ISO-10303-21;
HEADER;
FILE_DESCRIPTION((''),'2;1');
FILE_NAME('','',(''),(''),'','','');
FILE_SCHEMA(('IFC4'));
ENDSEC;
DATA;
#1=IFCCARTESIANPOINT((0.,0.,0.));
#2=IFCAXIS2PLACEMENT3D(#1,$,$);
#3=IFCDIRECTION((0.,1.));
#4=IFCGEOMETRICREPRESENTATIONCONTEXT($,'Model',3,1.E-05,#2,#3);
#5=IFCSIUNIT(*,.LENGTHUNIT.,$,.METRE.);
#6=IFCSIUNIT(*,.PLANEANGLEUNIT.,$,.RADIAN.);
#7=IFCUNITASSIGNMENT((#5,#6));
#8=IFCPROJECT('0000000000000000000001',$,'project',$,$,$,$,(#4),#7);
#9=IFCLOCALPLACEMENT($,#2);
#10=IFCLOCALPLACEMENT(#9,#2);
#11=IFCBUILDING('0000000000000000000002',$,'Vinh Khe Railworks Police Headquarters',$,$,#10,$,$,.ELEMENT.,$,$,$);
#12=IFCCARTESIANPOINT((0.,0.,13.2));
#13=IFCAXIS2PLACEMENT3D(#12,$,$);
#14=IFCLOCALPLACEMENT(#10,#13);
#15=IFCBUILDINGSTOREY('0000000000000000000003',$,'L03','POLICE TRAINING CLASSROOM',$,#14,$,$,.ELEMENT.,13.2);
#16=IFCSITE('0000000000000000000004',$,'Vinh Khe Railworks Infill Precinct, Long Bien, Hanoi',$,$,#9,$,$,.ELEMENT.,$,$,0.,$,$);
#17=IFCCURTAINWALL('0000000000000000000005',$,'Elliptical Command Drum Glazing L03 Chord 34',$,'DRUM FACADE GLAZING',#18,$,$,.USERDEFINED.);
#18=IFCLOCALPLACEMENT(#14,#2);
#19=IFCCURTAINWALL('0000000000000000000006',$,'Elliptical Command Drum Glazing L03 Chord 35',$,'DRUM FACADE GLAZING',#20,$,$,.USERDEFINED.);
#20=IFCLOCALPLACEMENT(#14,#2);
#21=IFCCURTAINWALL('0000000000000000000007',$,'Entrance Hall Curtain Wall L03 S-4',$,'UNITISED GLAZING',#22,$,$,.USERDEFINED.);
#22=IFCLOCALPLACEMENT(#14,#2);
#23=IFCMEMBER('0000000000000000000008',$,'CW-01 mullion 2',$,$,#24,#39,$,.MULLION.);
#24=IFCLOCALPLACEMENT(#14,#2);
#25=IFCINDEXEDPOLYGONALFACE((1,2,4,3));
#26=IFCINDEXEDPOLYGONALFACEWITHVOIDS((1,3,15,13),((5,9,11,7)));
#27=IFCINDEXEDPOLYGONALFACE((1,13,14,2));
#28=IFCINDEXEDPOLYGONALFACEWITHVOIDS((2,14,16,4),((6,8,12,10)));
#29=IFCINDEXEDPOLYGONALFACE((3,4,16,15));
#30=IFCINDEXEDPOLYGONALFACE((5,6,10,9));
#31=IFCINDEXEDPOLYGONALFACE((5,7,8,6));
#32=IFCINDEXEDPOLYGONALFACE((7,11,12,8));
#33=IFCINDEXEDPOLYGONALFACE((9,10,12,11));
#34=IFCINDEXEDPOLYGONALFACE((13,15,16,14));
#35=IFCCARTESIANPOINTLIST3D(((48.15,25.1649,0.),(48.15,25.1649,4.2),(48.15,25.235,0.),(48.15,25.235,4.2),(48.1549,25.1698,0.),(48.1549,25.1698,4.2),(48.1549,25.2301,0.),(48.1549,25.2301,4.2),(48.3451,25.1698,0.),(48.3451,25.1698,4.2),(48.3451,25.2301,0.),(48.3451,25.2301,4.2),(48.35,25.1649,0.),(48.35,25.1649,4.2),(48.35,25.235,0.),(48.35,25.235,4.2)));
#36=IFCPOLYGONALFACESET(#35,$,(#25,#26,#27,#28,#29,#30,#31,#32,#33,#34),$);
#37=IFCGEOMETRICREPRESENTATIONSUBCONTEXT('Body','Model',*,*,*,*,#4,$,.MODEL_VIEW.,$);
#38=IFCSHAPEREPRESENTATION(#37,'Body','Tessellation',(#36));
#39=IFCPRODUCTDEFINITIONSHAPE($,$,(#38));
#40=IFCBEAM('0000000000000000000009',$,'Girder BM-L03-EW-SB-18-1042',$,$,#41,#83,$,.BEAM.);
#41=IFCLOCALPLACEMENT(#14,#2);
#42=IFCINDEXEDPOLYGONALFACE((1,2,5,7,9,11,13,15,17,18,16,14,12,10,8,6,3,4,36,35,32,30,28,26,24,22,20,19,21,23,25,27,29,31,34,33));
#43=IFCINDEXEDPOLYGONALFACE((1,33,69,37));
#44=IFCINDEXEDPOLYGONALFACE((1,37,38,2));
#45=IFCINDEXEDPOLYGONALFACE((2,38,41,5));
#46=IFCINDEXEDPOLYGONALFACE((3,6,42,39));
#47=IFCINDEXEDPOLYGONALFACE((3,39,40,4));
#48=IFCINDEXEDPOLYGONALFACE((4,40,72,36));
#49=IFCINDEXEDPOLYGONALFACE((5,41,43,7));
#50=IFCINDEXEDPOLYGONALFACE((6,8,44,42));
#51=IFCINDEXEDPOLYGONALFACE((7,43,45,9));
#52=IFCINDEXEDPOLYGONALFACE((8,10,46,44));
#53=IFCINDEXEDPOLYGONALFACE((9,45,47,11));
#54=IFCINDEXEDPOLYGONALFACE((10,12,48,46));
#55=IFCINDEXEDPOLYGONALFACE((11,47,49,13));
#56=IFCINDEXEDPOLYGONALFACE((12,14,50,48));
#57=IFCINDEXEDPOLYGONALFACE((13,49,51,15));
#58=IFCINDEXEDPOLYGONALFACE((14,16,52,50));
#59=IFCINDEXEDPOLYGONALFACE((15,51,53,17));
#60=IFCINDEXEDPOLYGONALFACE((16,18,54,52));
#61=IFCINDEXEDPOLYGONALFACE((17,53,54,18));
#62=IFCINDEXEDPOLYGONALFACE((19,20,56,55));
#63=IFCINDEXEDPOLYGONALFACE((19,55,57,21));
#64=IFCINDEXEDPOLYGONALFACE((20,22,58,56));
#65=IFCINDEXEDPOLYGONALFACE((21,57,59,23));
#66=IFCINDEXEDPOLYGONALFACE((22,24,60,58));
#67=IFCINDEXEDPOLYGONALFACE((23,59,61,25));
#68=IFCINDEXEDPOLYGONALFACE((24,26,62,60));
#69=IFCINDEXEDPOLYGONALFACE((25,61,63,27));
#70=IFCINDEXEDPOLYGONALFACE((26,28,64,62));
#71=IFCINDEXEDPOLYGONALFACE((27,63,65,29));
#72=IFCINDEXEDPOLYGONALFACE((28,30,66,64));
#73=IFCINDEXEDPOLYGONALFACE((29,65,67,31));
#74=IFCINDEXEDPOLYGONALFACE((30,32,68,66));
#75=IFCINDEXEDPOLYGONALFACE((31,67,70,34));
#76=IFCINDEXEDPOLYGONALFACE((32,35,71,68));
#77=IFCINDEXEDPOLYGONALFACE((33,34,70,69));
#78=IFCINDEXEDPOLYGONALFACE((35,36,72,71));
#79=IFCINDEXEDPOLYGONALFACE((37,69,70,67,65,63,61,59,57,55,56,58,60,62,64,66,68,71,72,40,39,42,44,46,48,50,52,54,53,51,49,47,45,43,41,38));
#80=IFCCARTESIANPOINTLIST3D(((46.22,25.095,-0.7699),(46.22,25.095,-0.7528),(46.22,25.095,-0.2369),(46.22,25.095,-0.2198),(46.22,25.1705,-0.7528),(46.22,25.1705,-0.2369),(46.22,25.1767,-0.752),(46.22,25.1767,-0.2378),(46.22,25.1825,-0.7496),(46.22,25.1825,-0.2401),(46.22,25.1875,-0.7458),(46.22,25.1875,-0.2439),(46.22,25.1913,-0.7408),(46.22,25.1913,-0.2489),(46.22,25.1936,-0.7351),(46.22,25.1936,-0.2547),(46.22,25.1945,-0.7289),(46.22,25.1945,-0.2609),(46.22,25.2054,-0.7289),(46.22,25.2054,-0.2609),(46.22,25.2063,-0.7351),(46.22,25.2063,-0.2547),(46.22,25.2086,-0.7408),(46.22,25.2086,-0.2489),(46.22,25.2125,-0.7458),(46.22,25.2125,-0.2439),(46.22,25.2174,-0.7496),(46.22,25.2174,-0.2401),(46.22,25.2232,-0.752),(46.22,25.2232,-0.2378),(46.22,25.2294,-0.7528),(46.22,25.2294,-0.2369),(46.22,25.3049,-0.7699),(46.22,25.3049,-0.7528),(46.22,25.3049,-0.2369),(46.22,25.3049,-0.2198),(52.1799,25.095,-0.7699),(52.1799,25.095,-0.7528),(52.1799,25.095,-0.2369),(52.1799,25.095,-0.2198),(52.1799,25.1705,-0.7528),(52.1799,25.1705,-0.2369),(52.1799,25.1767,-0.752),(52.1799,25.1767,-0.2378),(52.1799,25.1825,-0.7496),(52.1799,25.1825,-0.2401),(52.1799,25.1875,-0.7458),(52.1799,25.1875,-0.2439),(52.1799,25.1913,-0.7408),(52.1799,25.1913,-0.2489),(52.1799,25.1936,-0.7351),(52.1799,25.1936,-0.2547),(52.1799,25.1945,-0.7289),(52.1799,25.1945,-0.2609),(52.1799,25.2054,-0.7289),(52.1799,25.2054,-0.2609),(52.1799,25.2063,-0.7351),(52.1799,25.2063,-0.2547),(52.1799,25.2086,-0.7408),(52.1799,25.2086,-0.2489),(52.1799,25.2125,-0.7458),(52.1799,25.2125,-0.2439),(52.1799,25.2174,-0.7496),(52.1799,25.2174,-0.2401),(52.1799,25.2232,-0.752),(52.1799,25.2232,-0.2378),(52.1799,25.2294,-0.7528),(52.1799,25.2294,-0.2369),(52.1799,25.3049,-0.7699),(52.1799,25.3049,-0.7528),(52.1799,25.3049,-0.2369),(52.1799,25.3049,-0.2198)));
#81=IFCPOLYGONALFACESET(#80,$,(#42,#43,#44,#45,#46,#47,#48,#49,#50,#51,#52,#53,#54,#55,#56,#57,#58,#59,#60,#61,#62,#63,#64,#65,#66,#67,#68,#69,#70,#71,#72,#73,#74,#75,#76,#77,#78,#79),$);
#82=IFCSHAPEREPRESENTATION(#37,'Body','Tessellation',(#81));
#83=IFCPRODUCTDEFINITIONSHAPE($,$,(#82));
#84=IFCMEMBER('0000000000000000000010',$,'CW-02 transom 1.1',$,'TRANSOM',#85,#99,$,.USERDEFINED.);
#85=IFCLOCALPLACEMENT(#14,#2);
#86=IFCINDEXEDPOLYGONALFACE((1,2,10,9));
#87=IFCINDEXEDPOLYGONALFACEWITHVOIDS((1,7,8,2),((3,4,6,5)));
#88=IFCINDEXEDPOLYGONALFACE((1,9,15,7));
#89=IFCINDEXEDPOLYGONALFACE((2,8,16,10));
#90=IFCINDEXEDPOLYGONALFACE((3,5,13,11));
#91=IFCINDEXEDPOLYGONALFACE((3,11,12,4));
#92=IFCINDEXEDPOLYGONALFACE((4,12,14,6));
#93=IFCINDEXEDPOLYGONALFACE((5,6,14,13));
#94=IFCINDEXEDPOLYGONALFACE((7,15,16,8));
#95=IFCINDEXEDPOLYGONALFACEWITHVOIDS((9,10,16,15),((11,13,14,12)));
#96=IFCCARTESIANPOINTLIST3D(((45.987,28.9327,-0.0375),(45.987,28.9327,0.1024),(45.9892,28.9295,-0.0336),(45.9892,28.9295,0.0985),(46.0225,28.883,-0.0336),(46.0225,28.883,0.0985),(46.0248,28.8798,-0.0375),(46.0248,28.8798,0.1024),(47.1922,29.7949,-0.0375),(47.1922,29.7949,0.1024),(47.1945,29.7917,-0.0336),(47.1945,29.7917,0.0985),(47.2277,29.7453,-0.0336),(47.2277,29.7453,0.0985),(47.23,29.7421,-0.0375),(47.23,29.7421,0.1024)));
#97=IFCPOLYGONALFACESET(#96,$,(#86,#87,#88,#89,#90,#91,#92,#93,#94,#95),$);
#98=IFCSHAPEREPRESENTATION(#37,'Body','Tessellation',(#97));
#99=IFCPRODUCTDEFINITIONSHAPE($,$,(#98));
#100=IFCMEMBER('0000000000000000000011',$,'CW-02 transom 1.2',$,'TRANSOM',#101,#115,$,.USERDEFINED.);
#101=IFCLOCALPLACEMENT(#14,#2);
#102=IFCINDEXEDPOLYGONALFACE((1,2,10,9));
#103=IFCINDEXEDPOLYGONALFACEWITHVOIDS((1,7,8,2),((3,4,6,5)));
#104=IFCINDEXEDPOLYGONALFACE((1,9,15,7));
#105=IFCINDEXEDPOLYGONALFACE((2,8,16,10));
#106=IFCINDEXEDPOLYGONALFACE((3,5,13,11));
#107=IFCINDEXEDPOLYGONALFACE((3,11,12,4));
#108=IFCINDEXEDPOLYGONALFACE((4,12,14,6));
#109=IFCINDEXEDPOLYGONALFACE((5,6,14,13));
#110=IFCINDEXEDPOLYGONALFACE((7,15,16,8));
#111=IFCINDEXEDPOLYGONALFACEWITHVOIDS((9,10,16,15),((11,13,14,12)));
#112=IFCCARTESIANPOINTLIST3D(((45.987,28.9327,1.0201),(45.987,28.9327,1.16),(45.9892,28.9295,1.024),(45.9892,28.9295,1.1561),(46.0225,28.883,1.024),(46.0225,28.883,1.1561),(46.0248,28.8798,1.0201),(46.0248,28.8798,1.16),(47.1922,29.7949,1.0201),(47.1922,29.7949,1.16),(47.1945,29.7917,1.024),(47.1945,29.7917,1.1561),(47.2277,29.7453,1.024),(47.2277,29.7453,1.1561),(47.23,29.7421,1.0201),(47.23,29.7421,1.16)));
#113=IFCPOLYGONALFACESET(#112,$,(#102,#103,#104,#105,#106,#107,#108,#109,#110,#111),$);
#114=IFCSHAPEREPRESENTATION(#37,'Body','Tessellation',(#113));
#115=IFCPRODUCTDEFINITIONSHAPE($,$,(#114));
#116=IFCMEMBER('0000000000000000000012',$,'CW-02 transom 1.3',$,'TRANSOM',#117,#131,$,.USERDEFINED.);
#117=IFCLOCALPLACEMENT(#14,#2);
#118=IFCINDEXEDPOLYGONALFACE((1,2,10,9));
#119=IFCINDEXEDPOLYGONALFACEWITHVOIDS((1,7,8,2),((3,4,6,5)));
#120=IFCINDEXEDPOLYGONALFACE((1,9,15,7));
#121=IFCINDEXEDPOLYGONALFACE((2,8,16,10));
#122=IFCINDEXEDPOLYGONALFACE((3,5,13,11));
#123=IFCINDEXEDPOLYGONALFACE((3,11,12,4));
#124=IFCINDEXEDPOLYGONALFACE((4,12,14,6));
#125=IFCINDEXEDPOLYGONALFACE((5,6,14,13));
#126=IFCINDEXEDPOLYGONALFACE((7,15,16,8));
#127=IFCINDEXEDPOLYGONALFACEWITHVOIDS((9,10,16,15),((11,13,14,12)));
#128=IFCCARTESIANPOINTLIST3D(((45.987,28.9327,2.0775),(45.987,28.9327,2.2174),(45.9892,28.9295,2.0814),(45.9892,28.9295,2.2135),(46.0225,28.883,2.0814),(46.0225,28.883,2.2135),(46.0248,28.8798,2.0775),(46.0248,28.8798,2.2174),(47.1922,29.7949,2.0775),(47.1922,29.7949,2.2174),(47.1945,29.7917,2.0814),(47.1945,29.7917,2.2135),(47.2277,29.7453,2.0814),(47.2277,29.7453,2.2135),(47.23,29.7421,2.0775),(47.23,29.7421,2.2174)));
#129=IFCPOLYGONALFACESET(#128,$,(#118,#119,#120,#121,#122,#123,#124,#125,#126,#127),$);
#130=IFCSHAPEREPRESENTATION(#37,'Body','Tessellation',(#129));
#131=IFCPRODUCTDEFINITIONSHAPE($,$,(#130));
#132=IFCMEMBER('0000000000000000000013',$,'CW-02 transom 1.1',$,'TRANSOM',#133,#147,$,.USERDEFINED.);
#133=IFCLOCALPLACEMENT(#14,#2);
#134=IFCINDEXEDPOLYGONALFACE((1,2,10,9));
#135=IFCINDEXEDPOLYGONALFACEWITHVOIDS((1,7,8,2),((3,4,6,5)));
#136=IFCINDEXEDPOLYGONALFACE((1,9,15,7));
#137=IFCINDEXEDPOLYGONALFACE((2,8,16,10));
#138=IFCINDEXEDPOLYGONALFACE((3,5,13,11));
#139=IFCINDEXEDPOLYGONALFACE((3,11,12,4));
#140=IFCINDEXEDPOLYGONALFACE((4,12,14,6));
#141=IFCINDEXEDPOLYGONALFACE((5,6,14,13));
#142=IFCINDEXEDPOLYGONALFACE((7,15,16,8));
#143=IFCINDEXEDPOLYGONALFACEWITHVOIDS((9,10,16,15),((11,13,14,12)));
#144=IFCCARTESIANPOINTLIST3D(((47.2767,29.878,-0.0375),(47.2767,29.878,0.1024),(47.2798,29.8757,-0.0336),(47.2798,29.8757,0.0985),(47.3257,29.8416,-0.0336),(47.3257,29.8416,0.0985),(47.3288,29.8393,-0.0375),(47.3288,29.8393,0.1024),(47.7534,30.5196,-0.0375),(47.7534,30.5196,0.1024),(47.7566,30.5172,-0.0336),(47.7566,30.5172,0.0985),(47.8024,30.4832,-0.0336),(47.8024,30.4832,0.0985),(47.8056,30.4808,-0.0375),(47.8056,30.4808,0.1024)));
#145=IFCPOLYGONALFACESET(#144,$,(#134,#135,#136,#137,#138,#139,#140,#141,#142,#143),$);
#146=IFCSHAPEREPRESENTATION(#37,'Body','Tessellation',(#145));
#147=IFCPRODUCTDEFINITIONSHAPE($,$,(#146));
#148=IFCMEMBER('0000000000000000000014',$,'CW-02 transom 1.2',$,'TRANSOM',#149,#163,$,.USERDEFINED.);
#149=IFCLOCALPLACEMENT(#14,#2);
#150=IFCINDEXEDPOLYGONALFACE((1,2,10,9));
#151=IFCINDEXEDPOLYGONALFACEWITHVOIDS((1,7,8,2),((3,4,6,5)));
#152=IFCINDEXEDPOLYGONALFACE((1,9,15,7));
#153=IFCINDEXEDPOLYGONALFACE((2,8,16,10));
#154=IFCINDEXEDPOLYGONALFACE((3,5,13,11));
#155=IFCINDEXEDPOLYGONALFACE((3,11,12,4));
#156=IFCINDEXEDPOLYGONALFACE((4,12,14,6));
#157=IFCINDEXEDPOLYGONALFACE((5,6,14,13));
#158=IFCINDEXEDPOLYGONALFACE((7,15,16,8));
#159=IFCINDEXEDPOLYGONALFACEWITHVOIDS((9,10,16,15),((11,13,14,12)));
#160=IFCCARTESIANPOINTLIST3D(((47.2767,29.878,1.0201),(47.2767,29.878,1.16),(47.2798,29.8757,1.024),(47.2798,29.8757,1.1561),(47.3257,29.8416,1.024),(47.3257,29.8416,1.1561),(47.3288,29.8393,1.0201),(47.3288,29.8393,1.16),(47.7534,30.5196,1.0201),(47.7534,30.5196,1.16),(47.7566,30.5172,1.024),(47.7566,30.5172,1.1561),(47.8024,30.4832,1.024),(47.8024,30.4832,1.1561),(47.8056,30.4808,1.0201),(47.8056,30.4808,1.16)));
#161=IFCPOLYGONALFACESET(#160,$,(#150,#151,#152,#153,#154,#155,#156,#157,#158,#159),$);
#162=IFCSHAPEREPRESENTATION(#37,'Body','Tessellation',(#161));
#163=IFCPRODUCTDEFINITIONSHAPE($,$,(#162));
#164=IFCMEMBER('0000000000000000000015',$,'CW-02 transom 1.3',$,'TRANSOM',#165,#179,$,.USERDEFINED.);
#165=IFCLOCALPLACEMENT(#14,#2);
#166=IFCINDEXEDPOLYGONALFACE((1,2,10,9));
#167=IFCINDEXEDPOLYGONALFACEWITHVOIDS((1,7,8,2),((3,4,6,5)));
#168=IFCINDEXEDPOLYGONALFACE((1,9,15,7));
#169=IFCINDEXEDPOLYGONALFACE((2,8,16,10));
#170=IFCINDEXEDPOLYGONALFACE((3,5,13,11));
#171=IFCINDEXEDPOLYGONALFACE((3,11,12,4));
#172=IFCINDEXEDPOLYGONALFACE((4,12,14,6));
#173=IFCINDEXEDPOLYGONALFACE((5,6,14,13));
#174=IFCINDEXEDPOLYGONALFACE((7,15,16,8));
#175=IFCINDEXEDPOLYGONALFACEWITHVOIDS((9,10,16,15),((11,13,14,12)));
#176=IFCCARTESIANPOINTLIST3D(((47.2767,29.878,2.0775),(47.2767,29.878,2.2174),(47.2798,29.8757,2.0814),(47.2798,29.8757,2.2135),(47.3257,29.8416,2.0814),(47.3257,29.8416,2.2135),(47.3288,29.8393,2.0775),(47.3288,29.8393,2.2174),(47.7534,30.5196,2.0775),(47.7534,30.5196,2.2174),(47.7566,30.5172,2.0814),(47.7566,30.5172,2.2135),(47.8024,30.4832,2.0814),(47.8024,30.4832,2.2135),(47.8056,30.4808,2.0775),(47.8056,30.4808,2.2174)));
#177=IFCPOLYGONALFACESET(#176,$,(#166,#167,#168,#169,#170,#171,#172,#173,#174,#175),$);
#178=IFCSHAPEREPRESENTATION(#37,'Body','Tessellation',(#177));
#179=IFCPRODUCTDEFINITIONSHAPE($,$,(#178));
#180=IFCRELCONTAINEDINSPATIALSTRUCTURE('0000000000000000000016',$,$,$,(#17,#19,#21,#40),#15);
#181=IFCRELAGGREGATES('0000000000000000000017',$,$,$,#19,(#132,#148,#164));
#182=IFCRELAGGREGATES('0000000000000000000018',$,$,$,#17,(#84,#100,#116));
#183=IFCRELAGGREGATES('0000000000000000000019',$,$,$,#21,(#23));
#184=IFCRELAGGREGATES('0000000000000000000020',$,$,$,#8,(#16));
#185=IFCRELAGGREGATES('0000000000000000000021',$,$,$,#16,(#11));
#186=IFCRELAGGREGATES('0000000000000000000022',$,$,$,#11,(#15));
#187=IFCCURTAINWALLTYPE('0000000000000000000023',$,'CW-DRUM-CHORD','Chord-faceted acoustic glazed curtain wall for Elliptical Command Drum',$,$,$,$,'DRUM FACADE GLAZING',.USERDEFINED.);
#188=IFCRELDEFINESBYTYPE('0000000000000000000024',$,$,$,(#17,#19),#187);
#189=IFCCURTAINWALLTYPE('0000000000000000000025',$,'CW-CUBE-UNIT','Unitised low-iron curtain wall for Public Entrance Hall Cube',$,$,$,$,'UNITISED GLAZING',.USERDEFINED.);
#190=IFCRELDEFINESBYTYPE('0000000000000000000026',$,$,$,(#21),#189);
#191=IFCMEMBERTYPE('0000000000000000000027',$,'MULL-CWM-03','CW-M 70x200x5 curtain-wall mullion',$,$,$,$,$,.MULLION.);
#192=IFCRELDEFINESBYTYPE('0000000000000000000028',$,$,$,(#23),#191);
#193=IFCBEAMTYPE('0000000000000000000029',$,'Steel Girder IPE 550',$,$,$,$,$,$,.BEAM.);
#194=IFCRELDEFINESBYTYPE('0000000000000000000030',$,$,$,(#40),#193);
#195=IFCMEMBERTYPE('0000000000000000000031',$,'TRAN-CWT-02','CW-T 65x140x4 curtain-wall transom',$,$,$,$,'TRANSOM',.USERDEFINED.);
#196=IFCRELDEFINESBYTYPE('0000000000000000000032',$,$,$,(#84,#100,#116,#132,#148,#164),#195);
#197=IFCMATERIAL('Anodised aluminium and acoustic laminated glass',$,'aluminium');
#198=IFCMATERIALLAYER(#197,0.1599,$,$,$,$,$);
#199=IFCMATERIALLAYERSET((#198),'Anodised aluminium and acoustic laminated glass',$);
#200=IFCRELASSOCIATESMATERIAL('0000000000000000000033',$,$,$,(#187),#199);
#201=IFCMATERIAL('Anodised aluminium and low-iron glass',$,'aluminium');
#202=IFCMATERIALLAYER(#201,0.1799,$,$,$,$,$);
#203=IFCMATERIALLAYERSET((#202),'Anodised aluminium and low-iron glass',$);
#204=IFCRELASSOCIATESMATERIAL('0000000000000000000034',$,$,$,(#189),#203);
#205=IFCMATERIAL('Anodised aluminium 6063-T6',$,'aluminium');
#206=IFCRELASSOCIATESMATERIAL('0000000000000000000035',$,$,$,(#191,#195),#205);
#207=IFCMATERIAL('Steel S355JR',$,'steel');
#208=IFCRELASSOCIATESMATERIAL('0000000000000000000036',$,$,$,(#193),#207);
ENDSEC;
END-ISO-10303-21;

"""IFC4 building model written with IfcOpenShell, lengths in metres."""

from ifc_helpers import new_model, si_unit, direction, frame, origin, origin_2d, place, context, subcontext, project, spatial, hollow_rectangle, i_section, extrude, material, layer, layer_set, material_profile, profile_set, type_object, element, aggregate, save


model = new_model("IFC4")

# Units and contexts
model_context = context("Model", 3, precision=1e-05, world=origin(), true_north=direction((0.0, 1.0)))
body_context = subcontext(model_context, "Body", "Model", "MODEL_VIEW")
ifc_project = project(units=[si_unit("LENGTHUNIT", "METRE"), si_unit("PLANEANGLEUNIT", "RADIAN")], contexts=[model_context])

# Site, building, storey
site_placement = place(None, origin())
site = spatial("IfcSite", under=ifc_project, at=site_placement, Name="Vinh Khe Railworks Infill Precinct, Long Bien, Hanoi", CompositionType="ELEMENT", RefElevation=0.0)
building_placement = place(site_placement, origin())
building = spatial("IfcBuilding", under=site, at=building_placement, Name="Vinh Khe Railworks Police Headquarters", CompositionType="ELEMENT")
storey_placement = place(building_placement, frame((0.0, 0.0, 13.2)))
storey = spatial("IfcBuildingStorey", under=building, at=storey_placement, Name="L03", Description="POLICE TRAINING CLASSROOM", CompositionType="ELEMENT", Elevation=13.2)

# Shared definitions
ifc_material_1 = material(Name="Steel S355JR", Category="steel")

# Curtain walls
ifc_material_2 = material(Name="Anodised aluminium and acoustic laminated glass", Category="aluminium")
ifc_layer_1 = layer(ifc_material_2, 0.1599)
ifc_layer_set_1 = layer_set([ifc_layer_1], Name="Anodised aluminium and acoustic laminated glass")
curtain_wall_type_1 = type_object("IfcCurtainWallType", Name="CW-DRUM-CHORD", Description="Chord-faceted acoustic glazed curtain wall for Elliptical Command Drum", ElementType="DRUM FACADE GLAZING", PredefinedType="USERDEFINED", material=ifc_layer_set_1)
curtain_wall_1_placement = place(storey_placement, origin())
curtain_wall_1 = element("IfcCurtainWall", 1, at=curtain_wall_1_placement, inside=storey, type_object=curtain_wall_type_1, Name="Elliptical Command Drum Glazing L03 Chord 34", ObjectType="DRUM FACADE GLAZING", PredefinedType="USERDEFINED")
ifc_material_3 = material(Name="Anodised aluminium 6063-T6", Category="aluminium")
curtain_wall_2_placement = place(storey_placement, origin())
curtain_wall_2 = element("IfcCurtainWall", 2, at=curtain_wall_2_placement, inside=storey, type_object=curtain_wall_type_1, Name="Elliptical Command Drum Glazing L03 Chord 35", ObjectType="DRUM FACADE GLAZING", PredefinedType="USERDEFINED")
ifc_material_4 = material(Name="Anodised aluminium and low-iron glass", Category="aluminium")
ifc_layer_2 = layer(ifc_material_4, 0.1799)
ifc_layer_set_2 = layer_set([ifc_layer_2], Name="Anodised aluminium and low-iron glass")
curtain_wall_type_2 = type_object("IfcCurtainWallType", Name="CW-CUBE-UNIT", Description="Unitised low-iron curtain wall for Public Entrance Hall Cube", ElementType="UNITISED GLAZING", PredefinedType="USERDEFINED", material=ifc_layer_set_2)
ifc_material_profile_1 = material_profile(ifc_material_3, hollow_rectangle(XDim=0.0701, YDim=0.2, WallThickness=0.0049, at=origin_2d()), Name="CW-M 70x200x5")
ifc_profile_set_1 = profile_set([ifc_material_profile_1], Name="Anodised aluminium 6063-T6")
member_type_1 = type_object("IfcMemberType", Name="MULL-CWM-03", Description="CW-M 70x200x5 curtain-wall mullion", PredefinedType="MULLION", material=ifc_profile_set_1)

# Curtain wall, member
curtain_wall_3_placement = place(storey_placement, origin())
curtain_wall_3 = element("IfcCurtainWall", 3, at=curtain_wall_3_placement, inside=storey, type_object=curtain_wall_type_2, Name="Entrance Hall Curtain Wall L03 S-4", ObjectType="UNITISED GLAZING", PredefinedType="USERDEFINED")
member_1_placement = place(storey_placement, frame((48.25, 25.2, 0.0), z_axis=(0.0, 0.0, 1.0), x_axis=(0.0, 1.0, 0.0)))
member_1 = element("IfcMember", 4, at=member_1_placement, type_object=member_type_1, Name="CW-01 mullion 2", PredefinedType="MULLION", context=body_context, shape_type="SweptSolid", body=[
    extrude(hollow_rectangle(XDim=0.0701, YDim=0.2, WallThickness=0.0049, at=origin_2d()), origin(), (0.0, 0.0, 1.0), 4.2),
])

# Beam
ifc_material_profile_2 = material_profile(ifc_material_1, i_section(OverallWidth=0.21, OverallDepth=0.55, WebThickness=0.011, FlangeThickness=0.0171, FilletRadius=0.0239, at=origin_2d()), Name="IPE 550")
ifc_profile_set_2 = profile_set([ifc_material_profile_2], Name="Steel S355JR")
beam_type = type_object("IfcBeamType", Name="Steel Girder IPE 550", PredefinedType="BEAM", material=ifc_profile_set_2)
beam_placement = place(storey_placement, frame((46.22, 25.2, -0.4949), z_axis=(1.0, 0.0, 0.0), x_axis=(0.0, 1.0, 0.0)))
element("IfcBeam", 5, at=beam_placement, inside=storey, type_object=beam_type, Name="Girder BM-L03-EW-SB-18-1042", PredefinedType="BEAM", context=body_context, shape_type="SweptSolid", body=[
    extrude(i_section(OverallWidth=0.21, OverallDepth=0.55, WebThickness=0.011, FlangeThickness=0.0171, FilletRadius=0.0239, at=origin_2d()), origin(), (0.0, 0.0, 1.0), 5.96),
])

# Members
ifc_material_profile_3 = material_profile(ifc_material_3, hollow_rectangle(XDim=0.0649, YDim=0.1399, WallThickness=0.0039, at=origin_2d()), Name="CW-T 65x140x4")
ifc_profile_set_3 = profile_set([ifc_material_profile_3], Name="Anodised aluminium 6063-T6")
member_type_2 = type_object("IfcMemberType", Name="TRAN-CWT-02", Description="CW-T 65x140x4 curtain-wall transom", ElementType="TRANSOM", PredefinedType="USERDEFINED", material=ifc_profile_set_3)
member_2_placement = place(storey_placement, frame((46.0059, 28.9062, 0.0325), z_axis=(0.813299, 0.581846, 0.0), x_axis=(-0.581846, 0.813299, 0.0)))
member_2 = element("IfcMember", 6, at=member_2_placement, type_object=member_type_2, Name="CW-02 transom 1.1", ObjectType="TRANSOM", PredefinedType="USERDEFINED", context=body_context, shape_type="SweptSolid", body=[
    extrude(hollow_rectangle(XDim=0.0649, YDim=0.1399, WallThickness=0.0039, at=origin_2d()), origin(), (0.0, 0.0, 1.0), 1.4819),
])
member_3_placement = place(storey_placement, frame((46.0059, 28.9062, 1.0901), z_axis=(0.813299, 0.581846, 0.0), x_axis=(-0.581846, 0.813299, 0.0)))
member_3 = element("IfcMember", 7, at=member_3_placement, type_object=member_type_2, Name="CW-02 transom 1.2", ObjectType="TRANSOM", PredefinedType="USERDEFINED", context=body_context, shape_type="SweptSolid", body=[
    extrude(hollow_rectangle(XDim=0.0649, YDim=0.1399, WallThickness=0.0039, at=origin_2d()), origin(), (0.0, 0.0, 1.0), 1.4819),
])
member_4_placement = place(storey_placement, frame((46.0059, 28.9062, 2.1475), z_axis=(0.813299, 0.581846, 0.0), x_axis=(-0.581846, 0.813299, 0.0)))
member_4 = element("IfcMember", 8, at=member_4_placement, type_object=member_type_2, Name="CW-02 transom 1.3", ObjectType="TRANSOM", PredefinedType="USERDEFINED", context=body_context, shape_type="SweptSolid", body=[
    extrude(hollow_rectangle(XDim=0.0649, YDim=0.1399, WallThickness=0.0039, at=origin_2d()), origin(), (0.0, 0.0, 1.0), 1.4819),
])
member_5_placement = place(storey_placement, frame((47.3027, 29.8586, 0.0325), z_axis=(0.596476, 0.802631, 0.0), x_axis=(-0.802631, 0.596476, 0.0)))
member_5 = element("IfcMember", 9, at=member_5_placement, type_object=member_type_2, Name="CW-02 transom 1.1", ObjectType="TRANSOM", PredefinedType="USERDEFINED", context=body_context, shape_type="SweptSolid", body=[
    extrude(hollow_rectangle(XDim=0.0649, YDim=0.1399, WallThickness=0.0039, at=origin_2d()), origin(), (0.0, 0.0, 1.0), 0.7993),
])
member_6_placement = place(storey_placement, frame((47.3027, 29.8586, 1.0901), z_axis=(0.596476, 0.802631, 0.0), x_axis=(-0.802631, 0.596476, 0.0)))
member_6 = element("IfcMember", 10, at=member_6_placement, type_object=member_type_2, Name="CW-02 transom 1.2", ObjectType="TRANSOM", PredefinedType="USERDEFINED", context=body_context, shape_type="SweptSolid", body=[
    extrude(hollow_rectangle(XDim=0.0649, YDim=0.1399, WallThickness=0.0039, at=origin_2d()), origin(), (0.0, 0.0, 1.0), 0.7993),
])
member_7_placement = place(storey_placement, frame((47.3027, 29.8586, 2.1475), z_axis=(0.596476, 0.802631, 0.0), x_axis=(-0.802631, 0.596476, 0.0)))
member_7 = element("IfcMember", 11, at=member_7_placement, type_object=member_type_2, Name="CW-02 transom 1.3", ObjectType="TRANSOM", PredefinedType="USERDEFINED", context=body_context, shape_type="SweptSolid", body=[
    extrude(hollow_rectangle(XDim=0.0649, YDim=0.1399, WallThickness=0.0039, at=origin_2d()), origin(), (0.0, 0.0, 1.0), 0.7993),
])
aggregate(curtain_wall_2, [member_5, member_6, member_7])

aggregate(curtain_wall_1, [member_2, member_3, member_4])
aggregate(curtain_wall_3, [member_1])

save(model, "model.ifc")
